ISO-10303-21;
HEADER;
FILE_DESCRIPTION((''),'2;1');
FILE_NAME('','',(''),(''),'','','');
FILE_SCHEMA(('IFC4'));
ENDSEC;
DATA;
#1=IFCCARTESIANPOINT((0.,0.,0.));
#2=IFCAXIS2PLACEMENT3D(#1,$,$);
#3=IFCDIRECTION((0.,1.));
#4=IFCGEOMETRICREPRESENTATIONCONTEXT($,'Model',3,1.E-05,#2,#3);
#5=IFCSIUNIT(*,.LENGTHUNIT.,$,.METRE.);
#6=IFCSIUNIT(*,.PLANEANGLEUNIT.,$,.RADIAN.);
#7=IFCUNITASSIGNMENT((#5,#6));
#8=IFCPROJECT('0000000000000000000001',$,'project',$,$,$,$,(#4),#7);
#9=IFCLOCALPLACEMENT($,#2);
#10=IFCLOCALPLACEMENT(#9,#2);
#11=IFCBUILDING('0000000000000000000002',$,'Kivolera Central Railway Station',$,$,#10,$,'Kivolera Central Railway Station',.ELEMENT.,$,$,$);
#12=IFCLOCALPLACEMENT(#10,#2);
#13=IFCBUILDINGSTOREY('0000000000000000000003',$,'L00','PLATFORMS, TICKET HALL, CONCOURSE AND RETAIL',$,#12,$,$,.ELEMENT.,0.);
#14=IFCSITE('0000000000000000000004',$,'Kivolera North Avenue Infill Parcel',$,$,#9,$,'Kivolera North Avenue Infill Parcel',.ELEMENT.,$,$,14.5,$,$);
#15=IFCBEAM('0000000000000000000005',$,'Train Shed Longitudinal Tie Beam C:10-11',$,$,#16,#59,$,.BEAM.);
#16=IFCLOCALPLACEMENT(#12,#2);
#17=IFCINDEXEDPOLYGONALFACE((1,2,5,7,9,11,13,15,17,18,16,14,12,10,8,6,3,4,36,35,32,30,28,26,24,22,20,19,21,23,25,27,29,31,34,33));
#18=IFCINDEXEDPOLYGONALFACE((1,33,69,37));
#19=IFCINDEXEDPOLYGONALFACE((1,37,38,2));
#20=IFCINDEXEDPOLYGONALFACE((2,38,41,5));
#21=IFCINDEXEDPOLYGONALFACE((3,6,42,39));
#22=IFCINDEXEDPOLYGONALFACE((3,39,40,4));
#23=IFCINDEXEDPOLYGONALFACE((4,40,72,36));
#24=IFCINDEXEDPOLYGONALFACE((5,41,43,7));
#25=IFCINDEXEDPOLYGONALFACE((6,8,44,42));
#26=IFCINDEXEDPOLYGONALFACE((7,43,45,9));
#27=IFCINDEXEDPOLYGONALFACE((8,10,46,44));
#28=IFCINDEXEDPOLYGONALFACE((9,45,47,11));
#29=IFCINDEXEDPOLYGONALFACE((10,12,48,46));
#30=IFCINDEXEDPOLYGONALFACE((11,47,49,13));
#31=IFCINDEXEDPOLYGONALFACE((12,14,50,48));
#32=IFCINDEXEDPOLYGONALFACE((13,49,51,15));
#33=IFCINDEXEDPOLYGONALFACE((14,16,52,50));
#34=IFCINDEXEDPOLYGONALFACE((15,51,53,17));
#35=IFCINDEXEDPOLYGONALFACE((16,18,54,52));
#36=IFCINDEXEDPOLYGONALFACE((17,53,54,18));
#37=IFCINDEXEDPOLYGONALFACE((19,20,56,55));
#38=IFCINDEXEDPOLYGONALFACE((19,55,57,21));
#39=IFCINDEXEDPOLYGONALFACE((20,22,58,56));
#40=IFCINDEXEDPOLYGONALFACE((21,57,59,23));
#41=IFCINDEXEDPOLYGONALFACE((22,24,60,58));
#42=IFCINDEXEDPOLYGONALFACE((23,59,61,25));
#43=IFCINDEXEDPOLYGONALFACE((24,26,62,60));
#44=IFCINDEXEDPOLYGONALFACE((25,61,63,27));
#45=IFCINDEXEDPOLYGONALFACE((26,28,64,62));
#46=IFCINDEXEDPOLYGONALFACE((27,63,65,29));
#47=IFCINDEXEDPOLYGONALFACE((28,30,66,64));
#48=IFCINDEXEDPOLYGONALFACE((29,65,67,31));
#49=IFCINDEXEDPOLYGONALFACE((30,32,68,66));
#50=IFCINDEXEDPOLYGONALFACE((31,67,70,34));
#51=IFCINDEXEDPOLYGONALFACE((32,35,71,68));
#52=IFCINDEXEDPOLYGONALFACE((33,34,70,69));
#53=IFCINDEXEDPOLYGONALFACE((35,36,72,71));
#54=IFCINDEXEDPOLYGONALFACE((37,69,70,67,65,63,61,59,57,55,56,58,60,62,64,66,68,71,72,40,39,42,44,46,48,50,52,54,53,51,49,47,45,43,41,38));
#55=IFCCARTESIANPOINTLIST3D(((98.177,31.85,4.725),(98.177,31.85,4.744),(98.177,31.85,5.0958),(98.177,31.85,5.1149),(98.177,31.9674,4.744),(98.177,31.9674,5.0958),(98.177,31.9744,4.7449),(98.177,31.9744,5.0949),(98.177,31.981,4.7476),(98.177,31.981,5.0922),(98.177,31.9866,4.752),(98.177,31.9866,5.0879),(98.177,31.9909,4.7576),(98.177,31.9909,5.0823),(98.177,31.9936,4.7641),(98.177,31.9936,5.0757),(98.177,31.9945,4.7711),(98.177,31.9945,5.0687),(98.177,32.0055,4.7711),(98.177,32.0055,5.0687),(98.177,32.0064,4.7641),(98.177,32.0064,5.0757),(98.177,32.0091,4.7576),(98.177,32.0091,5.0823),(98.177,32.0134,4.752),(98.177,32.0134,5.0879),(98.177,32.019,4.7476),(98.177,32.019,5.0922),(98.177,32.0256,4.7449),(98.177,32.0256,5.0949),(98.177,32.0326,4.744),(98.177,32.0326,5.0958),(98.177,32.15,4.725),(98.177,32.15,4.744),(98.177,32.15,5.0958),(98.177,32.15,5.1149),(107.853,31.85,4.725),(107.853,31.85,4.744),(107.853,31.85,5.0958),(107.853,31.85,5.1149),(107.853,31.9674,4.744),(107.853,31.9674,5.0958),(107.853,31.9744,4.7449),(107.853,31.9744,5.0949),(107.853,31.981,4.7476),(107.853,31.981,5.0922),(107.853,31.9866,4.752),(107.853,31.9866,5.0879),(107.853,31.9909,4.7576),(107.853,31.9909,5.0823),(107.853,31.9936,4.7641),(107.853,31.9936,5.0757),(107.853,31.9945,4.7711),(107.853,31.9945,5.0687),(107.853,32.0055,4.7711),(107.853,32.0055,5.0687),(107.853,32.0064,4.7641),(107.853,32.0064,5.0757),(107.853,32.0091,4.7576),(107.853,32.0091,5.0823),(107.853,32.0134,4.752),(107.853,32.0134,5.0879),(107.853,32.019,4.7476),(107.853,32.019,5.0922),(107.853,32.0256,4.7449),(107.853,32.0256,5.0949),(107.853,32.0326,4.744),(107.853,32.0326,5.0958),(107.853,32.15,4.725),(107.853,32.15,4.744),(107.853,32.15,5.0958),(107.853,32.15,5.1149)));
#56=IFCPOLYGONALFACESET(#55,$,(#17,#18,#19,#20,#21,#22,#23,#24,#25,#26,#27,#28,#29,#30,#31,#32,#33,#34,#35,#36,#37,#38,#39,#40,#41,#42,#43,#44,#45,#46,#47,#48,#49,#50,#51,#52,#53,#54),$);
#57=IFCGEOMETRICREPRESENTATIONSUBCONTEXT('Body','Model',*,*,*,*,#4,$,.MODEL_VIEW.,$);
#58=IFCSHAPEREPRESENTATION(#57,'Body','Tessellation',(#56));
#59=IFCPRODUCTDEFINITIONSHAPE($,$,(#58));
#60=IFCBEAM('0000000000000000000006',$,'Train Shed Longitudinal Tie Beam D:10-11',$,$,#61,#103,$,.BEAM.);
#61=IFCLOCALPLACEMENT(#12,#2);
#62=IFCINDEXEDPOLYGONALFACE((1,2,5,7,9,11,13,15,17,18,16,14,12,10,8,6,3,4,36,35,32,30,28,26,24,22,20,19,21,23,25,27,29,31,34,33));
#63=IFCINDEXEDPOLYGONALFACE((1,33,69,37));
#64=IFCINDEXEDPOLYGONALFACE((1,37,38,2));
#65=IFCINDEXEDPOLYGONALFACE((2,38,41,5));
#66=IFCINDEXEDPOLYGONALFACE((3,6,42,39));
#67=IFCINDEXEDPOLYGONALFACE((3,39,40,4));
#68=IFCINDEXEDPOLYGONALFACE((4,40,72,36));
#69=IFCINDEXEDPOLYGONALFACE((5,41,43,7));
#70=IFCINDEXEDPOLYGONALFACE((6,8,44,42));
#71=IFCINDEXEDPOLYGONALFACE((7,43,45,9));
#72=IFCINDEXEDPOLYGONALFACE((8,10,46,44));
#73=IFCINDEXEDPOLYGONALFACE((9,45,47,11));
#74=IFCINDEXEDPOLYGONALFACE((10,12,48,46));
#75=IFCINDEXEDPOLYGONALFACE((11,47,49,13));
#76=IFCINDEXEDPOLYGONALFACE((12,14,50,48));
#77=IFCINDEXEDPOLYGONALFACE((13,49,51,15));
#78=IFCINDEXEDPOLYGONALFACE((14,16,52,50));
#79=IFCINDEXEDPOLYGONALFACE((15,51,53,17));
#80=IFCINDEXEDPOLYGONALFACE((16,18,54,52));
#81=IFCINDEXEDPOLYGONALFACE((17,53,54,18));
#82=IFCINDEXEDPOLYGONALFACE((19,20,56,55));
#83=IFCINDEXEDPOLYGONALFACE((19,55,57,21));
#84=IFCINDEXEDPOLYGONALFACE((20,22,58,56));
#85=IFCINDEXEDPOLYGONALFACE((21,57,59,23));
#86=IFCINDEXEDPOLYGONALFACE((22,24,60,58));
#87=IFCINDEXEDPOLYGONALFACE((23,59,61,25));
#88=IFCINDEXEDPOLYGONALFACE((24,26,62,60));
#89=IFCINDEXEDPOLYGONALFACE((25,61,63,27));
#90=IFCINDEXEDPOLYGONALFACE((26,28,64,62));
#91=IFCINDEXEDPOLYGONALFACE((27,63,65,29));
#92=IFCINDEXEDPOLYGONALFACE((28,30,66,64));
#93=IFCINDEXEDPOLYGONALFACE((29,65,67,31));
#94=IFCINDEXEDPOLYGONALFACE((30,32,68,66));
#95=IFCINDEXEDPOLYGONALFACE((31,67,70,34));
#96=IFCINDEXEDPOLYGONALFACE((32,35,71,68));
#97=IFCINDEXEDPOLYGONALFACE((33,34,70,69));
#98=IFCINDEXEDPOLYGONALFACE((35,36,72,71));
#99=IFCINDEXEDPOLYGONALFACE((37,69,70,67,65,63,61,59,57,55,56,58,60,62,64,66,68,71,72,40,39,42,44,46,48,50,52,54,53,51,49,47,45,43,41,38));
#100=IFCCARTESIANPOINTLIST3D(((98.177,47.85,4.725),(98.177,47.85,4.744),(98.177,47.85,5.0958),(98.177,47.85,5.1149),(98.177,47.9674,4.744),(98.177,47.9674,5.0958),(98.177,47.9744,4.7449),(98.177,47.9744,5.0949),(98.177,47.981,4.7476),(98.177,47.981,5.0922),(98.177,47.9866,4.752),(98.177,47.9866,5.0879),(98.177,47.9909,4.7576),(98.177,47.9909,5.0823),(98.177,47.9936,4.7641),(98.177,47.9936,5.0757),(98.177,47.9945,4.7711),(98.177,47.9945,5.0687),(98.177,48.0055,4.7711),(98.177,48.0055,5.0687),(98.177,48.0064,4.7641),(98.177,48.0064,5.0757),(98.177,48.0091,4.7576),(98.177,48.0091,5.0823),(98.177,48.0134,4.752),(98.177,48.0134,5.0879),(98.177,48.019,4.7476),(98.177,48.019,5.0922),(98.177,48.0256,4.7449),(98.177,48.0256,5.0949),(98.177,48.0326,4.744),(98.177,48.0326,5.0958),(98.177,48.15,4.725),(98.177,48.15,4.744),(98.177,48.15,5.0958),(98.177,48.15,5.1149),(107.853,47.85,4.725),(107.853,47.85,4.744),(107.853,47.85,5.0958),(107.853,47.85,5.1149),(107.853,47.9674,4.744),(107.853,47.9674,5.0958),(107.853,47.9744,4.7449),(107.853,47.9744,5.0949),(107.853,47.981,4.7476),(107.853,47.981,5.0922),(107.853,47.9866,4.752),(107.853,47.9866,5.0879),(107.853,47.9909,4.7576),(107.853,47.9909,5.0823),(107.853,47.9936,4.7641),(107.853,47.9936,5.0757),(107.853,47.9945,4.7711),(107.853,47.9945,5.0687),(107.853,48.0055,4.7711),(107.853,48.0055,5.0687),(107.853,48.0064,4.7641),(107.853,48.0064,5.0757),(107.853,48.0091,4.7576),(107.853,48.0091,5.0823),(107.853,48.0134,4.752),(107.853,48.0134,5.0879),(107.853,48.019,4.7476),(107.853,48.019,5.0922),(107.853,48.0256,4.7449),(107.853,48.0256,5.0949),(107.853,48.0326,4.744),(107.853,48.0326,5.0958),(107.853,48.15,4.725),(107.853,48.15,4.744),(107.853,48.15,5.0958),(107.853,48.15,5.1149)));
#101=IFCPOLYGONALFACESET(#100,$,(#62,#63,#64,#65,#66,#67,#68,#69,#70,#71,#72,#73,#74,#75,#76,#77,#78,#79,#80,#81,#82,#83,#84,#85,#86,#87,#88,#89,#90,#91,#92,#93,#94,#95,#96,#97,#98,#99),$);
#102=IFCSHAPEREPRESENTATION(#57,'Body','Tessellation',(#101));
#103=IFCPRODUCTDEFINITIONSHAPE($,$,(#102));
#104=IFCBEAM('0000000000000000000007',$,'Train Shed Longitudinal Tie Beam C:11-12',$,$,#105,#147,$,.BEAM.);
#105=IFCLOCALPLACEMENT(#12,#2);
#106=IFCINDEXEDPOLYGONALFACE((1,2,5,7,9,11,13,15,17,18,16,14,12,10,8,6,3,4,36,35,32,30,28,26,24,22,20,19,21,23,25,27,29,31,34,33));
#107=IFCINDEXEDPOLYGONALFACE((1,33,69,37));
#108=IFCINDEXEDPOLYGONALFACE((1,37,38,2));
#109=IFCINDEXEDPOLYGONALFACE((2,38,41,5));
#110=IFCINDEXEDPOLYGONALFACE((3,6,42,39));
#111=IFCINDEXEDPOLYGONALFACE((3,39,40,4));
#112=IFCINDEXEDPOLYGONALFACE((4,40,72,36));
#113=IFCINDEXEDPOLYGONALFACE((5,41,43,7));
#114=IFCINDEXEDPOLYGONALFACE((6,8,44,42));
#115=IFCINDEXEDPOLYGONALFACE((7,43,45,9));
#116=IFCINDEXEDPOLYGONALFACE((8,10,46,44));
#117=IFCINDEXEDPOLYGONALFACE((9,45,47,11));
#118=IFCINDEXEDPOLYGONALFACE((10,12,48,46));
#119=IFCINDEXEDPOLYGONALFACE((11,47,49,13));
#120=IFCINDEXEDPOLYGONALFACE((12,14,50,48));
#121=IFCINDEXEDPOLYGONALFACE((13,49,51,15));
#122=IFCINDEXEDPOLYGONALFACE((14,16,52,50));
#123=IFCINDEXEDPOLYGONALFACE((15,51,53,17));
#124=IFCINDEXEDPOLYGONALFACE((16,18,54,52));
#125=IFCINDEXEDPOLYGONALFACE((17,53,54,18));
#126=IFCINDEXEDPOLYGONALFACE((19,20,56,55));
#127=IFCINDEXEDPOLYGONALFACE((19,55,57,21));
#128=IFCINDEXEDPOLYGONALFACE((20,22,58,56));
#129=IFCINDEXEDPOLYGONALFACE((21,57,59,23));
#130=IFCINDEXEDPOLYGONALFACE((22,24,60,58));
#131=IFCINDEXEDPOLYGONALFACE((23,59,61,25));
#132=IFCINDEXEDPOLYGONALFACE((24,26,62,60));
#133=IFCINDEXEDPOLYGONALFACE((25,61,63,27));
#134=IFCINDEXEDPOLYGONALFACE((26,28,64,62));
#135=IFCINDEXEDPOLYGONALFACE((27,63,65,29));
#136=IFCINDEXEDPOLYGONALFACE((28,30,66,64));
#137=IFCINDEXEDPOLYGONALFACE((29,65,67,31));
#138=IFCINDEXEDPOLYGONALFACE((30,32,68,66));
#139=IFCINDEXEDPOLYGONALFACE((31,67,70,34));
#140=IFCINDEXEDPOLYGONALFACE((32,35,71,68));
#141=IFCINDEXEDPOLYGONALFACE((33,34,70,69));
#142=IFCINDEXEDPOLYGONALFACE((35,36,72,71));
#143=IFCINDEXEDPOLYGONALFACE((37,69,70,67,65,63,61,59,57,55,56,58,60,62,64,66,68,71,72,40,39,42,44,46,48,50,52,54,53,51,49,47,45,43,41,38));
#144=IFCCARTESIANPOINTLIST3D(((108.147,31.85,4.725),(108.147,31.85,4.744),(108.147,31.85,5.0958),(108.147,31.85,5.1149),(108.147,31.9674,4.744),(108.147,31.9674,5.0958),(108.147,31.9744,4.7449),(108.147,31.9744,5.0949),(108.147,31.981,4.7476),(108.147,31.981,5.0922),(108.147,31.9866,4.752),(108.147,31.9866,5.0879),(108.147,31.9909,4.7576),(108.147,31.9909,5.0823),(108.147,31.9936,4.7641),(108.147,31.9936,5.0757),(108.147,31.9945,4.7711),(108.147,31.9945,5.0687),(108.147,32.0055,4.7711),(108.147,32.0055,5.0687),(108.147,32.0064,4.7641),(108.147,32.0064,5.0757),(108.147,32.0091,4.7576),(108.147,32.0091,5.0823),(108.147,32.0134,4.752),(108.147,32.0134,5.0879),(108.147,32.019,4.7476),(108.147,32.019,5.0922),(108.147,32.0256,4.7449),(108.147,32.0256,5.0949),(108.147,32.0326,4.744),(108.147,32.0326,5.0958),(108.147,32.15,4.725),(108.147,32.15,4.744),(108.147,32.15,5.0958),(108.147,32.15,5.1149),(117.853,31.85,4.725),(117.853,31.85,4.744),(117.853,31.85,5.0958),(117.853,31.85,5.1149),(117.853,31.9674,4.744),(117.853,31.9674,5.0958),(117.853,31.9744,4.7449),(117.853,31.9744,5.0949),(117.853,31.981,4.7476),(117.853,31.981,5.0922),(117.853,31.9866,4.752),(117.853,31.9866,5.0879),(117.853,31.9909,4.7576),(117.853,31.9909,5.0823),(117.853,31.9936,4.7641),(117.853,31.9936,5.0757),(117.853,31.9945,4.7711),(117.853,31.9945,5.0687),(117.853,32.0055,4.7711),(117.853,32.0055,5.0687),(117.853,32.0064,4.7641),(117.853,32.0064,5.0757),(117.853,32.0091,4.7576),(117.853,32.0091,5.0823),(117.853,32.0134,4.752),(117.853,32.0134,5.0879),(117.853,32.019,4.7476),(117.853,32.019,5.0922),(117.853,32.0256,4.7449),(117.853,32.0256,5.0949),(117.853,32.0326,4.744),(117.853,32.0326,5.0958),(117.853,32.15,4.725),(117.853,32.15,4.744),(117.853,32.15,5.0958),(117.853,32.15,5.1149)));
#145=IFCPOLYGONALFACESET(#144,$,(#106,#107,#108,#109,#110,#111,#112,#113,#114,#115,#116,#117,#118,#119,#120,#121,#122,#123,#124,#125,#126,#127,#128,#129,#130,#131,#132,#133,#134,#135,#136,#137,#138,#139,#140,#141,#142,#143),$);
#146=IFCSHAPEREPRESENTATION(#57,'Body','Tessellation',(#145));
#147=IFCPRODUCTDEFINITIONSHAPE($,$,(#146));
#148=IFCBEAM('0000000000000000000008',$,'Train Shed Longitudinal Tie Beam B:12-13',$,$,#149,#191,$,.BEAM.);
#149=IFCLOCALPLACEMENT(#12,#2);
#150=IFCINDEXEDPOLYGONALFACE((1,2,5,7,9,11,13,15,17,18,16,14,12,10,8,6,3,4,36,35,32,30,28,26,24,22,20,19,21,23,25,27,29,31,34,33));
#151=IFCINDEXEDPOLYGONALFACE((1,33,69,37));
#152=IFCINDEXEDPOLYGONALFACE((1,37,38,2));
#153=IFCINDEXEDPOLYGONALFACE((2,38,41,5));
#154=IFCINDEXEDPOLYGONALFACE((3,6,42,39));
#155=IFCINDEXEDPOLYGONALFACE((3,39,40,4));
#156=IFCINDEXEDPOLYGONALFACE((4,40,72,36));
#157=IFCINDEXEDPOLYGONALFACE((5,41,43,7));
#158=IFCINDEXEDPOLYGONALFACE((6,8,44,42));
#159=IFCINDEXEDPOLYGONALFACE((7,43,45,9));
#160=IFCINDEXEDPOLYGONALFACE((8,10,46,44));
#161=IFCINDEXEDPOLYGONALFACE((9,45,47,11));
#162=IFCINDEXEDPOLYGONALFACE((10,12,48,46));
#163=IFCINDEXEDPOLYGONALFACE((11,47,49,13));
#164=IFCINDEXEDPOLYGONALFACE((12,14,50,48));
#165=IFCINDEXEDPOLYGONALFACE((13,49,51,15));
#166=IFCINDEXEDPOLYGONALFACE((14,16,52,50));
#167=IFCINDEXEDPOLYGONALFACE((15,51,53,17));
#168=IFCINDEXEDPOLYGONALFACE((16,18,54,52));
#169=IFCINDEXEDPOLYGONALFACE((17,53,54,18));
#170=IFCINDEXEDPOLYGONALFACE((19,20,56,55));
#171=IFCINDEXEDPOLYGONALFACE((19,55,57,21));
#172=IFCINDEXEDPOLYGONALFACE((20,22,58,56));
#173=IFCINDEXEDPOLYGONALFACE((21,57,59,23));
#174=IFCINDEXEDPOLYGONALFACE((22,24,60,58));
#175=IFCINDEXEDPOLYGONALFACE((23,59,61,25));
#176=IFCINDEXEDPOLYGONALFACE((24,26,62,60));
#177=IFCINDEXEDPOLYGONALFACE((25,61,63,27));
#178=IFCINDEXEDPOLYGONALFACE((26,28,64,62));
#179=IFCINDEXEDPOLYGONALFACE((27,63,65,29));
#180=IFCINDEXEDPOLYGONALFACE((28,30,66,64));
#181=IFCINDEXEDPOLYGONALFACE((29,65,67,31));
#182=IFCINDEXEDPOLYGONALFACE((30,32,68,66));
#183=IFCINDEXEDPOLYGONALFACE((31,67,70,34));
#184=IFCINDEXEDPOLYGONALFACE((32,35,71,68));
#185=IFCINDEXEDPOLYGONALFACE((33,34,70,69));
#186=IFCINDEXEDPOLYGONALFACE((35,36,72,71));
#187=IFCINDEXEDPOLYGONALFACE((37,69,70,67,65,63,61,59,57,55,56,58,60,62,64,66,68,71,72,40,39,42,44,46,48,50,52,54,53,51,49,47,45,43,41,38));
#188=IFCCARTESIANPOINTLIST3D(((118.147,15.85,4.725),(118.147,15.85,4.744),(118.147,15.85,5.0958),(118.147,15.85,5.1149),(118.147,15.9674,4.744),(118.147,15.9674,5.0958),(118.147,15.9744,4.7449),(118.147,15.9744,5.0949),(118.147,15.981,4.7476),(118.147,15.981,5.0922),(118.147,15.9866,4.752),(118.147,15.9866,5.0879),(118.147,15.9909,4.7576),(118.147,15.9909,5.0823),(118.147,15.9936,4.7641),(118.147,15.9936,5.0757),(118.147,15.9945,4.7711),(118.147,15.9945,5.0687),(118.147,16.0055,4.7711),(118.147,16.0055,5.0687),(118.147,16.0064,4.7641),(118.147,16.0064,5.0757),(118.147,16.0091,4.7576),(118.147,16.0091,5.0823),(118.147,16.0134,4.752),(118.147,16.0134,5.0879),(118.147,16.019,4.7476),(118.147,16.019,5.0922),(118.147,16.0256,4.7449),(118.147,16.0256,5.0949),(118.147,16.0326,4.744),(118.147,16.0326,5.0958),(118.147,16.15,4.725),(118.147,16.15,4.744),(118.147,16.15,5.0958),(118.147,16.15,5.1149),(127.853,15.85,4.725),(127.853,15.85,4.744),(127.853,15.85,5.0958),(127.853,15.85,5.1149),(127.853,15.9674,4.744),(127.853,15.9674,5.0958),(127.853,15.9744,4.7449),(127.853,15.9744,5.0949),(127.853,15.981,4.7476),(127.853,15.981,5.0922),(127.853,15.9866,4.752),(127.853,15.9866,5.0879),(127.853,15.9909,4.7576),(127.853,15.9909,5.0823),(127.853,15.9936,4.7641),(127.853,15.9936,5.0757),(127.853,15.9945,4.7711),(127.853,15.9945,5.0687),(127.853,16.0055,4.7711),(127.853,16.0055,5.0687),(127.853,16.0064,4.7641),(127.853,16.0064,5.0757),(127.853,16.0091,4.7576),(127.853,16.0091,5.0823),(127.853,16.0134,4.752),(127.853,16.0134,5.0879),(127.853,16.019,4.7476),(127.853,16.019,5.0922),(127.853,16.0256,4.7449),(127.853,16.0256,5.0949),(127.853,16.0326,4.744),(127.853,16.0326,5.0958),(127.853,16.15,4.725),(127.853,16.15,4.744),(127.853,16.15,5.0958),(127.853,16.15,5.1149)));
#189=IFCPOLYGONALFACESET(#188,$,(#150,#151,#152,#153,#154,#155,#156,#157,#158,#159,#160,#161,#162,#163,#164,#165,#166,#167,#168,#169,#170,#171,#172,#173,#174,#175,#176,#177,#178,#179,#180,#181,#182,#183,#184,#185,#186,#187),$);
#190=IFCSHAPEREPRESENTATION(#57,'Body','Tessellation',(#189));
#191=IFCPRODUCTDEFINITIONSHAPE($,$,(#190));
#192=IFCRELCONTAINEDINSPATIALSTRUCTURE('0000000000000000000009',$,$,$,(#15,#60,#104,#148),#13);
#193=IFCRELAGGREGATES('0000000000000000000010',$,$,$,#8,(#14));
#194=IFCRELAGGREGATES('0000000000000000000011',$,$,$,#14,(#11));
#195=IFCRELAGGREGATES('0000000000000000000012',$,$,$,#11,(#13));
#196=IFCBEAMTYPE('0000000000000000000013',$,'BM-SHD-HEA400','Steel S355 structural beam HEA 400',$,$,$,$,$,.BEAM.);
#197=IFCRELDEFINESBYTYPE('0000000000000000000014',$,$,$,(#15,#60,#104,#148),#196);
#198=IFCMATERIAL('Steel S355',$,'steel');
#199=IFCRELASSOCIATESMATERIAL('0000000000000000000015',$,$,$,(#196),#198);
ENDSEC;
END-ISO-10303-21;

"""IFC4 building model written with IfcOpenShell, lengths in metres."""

from ifc_helpers import new_model, si_unit, direction, frame, origin, origin_2d, place, context, subcontext, project, spatial, i_section, extrude, material, material_profile, profile_set, type_object, element, save


model = new_model("IFC4")

# Units and contexts
model_context = context("Model", 3, precision=1e-05, world=origin(), true_north=direction((0.0, 1.0)))
body_context = subcontext(model_context, "Body", "Model", "MODEL_VIEW")
ifc_project = project(units=[si_unit("LENGTHUNIT", "METRE"), si_unit("PLANEANGLEUNIT", "RADIAN")], contexts=[model_context])

# Site, building, storey
site_placement = place(None, origin())
site = spatial("IfcSite", under=ifc_project, at=site_placement, Name="Kivolera North Avenue Infill Parcel", LongName="Kivolera North Avenue Infill Parcel", CompositionType="ELEMENT", RefElevation=14.5)
building_placement = place(site_placement, origin())
building = spatial("IfcBuilding", under=site, at=building_placement, Name="Kivolera Central Railway Station", LongName="Kivolera Central Railway Station", CompositionType="ELEMENT")
storey_placement = place(building_placement, origin())
storey = spatial("IfcBuildingStorey", under=building, at=storey_placement, Name="L00", Description="PLATFORMS, TICKET HALL, CONCOURSE AND RETAIL", CompositionType="ELEMENT", Elevation=0.0)

# Shared definitions
ifc_material_1 = material(Name="Steel S355", Category="steel")

# Beams
ifc_material_profile_1 = material_profile(ifc_material_1, i_section(OverallWidth=0.3, OverallDepth=0.3899, WebThickness=0.011, FlangeThickness=0.019, FilletRadius=0.0271, at=origin_2d()), Name="HEA 400")
ifc_profile_set_1 = profile_set([ifc_material_profile_1], Name="Steel S355")
beam_type = type_object("IfcBeamType", Name="BM-SHD-HEA400", Description="Steel S355 structural beam HEA 400", PredefinedType="BEAM", material=ifc_profile_set_1)
for number, where, z_axis, x_axis, name in (
    (1, (98.177, 32.0, 4.9199), (1.0, 0.0, 0.0), (0.0, 1.0, 0.0), "Train Shed Longitudinal Tie Beam C:10-11"),
    (2, (98.177, 48.0, 4.9199), (1.0, 0.0, 0.0), (0.0, 1.0, 0.0), "Train Shed Longitudinal Tie Beam D:10-11"),
):
    element("IfcBeam", number, at=place(storey_placement, frame(where, z_axis=z_axis, x_axis=x_axis)), inside=storey, type_object=beam_type, Name=name, PredefinedType="BEAM", context=body_context, shape_type="SweptSolid", body=[
        extrude(i_section(OverallWidth=0.3, OverallDepth=0.3899, WebThickness=0.011, FlangeThickness=0.019, FilletRadius=0.0271, at=origin_2d()), origin(), (0.0, 0.0, 1.0), 9.676),
    ])
for number, where, z_axis, x_axis, name in (
    (3, (108.147, 32.0, 4.9199), (1.0, 0.0, 0.0), (0.0, 1.0, 0.0), "Train Shed Longitudinal Tie Beam C:11-12"),
    (4, (118.147, 16.0, 4.9199), (1.0, 0.0, 0.0), (0.0, 1.0, 0.0), "Train Shed Longitudinal Tie Beam B:12-13"),
):
    element("IfcBeam", number, at=place(storey_placement, frame(where, z_axis=z_axis, x_axis=x_axis)), inside=storey, type_object=beam_type, Name=name, PredefinedType="BEAM", context=body_context, shape_type="SweptSolid", body=[
        extrude(i_section(OverallWidth=0.3, OverallDepth=0.3899, WebThickness=0.011, FlangeThickness=0.019, FilletRadius=0.0271, at=origin_2d()), origin(), (0.0, 0.0, 1.0), 9.7061),
    ])

save(model, "model.ifc")
